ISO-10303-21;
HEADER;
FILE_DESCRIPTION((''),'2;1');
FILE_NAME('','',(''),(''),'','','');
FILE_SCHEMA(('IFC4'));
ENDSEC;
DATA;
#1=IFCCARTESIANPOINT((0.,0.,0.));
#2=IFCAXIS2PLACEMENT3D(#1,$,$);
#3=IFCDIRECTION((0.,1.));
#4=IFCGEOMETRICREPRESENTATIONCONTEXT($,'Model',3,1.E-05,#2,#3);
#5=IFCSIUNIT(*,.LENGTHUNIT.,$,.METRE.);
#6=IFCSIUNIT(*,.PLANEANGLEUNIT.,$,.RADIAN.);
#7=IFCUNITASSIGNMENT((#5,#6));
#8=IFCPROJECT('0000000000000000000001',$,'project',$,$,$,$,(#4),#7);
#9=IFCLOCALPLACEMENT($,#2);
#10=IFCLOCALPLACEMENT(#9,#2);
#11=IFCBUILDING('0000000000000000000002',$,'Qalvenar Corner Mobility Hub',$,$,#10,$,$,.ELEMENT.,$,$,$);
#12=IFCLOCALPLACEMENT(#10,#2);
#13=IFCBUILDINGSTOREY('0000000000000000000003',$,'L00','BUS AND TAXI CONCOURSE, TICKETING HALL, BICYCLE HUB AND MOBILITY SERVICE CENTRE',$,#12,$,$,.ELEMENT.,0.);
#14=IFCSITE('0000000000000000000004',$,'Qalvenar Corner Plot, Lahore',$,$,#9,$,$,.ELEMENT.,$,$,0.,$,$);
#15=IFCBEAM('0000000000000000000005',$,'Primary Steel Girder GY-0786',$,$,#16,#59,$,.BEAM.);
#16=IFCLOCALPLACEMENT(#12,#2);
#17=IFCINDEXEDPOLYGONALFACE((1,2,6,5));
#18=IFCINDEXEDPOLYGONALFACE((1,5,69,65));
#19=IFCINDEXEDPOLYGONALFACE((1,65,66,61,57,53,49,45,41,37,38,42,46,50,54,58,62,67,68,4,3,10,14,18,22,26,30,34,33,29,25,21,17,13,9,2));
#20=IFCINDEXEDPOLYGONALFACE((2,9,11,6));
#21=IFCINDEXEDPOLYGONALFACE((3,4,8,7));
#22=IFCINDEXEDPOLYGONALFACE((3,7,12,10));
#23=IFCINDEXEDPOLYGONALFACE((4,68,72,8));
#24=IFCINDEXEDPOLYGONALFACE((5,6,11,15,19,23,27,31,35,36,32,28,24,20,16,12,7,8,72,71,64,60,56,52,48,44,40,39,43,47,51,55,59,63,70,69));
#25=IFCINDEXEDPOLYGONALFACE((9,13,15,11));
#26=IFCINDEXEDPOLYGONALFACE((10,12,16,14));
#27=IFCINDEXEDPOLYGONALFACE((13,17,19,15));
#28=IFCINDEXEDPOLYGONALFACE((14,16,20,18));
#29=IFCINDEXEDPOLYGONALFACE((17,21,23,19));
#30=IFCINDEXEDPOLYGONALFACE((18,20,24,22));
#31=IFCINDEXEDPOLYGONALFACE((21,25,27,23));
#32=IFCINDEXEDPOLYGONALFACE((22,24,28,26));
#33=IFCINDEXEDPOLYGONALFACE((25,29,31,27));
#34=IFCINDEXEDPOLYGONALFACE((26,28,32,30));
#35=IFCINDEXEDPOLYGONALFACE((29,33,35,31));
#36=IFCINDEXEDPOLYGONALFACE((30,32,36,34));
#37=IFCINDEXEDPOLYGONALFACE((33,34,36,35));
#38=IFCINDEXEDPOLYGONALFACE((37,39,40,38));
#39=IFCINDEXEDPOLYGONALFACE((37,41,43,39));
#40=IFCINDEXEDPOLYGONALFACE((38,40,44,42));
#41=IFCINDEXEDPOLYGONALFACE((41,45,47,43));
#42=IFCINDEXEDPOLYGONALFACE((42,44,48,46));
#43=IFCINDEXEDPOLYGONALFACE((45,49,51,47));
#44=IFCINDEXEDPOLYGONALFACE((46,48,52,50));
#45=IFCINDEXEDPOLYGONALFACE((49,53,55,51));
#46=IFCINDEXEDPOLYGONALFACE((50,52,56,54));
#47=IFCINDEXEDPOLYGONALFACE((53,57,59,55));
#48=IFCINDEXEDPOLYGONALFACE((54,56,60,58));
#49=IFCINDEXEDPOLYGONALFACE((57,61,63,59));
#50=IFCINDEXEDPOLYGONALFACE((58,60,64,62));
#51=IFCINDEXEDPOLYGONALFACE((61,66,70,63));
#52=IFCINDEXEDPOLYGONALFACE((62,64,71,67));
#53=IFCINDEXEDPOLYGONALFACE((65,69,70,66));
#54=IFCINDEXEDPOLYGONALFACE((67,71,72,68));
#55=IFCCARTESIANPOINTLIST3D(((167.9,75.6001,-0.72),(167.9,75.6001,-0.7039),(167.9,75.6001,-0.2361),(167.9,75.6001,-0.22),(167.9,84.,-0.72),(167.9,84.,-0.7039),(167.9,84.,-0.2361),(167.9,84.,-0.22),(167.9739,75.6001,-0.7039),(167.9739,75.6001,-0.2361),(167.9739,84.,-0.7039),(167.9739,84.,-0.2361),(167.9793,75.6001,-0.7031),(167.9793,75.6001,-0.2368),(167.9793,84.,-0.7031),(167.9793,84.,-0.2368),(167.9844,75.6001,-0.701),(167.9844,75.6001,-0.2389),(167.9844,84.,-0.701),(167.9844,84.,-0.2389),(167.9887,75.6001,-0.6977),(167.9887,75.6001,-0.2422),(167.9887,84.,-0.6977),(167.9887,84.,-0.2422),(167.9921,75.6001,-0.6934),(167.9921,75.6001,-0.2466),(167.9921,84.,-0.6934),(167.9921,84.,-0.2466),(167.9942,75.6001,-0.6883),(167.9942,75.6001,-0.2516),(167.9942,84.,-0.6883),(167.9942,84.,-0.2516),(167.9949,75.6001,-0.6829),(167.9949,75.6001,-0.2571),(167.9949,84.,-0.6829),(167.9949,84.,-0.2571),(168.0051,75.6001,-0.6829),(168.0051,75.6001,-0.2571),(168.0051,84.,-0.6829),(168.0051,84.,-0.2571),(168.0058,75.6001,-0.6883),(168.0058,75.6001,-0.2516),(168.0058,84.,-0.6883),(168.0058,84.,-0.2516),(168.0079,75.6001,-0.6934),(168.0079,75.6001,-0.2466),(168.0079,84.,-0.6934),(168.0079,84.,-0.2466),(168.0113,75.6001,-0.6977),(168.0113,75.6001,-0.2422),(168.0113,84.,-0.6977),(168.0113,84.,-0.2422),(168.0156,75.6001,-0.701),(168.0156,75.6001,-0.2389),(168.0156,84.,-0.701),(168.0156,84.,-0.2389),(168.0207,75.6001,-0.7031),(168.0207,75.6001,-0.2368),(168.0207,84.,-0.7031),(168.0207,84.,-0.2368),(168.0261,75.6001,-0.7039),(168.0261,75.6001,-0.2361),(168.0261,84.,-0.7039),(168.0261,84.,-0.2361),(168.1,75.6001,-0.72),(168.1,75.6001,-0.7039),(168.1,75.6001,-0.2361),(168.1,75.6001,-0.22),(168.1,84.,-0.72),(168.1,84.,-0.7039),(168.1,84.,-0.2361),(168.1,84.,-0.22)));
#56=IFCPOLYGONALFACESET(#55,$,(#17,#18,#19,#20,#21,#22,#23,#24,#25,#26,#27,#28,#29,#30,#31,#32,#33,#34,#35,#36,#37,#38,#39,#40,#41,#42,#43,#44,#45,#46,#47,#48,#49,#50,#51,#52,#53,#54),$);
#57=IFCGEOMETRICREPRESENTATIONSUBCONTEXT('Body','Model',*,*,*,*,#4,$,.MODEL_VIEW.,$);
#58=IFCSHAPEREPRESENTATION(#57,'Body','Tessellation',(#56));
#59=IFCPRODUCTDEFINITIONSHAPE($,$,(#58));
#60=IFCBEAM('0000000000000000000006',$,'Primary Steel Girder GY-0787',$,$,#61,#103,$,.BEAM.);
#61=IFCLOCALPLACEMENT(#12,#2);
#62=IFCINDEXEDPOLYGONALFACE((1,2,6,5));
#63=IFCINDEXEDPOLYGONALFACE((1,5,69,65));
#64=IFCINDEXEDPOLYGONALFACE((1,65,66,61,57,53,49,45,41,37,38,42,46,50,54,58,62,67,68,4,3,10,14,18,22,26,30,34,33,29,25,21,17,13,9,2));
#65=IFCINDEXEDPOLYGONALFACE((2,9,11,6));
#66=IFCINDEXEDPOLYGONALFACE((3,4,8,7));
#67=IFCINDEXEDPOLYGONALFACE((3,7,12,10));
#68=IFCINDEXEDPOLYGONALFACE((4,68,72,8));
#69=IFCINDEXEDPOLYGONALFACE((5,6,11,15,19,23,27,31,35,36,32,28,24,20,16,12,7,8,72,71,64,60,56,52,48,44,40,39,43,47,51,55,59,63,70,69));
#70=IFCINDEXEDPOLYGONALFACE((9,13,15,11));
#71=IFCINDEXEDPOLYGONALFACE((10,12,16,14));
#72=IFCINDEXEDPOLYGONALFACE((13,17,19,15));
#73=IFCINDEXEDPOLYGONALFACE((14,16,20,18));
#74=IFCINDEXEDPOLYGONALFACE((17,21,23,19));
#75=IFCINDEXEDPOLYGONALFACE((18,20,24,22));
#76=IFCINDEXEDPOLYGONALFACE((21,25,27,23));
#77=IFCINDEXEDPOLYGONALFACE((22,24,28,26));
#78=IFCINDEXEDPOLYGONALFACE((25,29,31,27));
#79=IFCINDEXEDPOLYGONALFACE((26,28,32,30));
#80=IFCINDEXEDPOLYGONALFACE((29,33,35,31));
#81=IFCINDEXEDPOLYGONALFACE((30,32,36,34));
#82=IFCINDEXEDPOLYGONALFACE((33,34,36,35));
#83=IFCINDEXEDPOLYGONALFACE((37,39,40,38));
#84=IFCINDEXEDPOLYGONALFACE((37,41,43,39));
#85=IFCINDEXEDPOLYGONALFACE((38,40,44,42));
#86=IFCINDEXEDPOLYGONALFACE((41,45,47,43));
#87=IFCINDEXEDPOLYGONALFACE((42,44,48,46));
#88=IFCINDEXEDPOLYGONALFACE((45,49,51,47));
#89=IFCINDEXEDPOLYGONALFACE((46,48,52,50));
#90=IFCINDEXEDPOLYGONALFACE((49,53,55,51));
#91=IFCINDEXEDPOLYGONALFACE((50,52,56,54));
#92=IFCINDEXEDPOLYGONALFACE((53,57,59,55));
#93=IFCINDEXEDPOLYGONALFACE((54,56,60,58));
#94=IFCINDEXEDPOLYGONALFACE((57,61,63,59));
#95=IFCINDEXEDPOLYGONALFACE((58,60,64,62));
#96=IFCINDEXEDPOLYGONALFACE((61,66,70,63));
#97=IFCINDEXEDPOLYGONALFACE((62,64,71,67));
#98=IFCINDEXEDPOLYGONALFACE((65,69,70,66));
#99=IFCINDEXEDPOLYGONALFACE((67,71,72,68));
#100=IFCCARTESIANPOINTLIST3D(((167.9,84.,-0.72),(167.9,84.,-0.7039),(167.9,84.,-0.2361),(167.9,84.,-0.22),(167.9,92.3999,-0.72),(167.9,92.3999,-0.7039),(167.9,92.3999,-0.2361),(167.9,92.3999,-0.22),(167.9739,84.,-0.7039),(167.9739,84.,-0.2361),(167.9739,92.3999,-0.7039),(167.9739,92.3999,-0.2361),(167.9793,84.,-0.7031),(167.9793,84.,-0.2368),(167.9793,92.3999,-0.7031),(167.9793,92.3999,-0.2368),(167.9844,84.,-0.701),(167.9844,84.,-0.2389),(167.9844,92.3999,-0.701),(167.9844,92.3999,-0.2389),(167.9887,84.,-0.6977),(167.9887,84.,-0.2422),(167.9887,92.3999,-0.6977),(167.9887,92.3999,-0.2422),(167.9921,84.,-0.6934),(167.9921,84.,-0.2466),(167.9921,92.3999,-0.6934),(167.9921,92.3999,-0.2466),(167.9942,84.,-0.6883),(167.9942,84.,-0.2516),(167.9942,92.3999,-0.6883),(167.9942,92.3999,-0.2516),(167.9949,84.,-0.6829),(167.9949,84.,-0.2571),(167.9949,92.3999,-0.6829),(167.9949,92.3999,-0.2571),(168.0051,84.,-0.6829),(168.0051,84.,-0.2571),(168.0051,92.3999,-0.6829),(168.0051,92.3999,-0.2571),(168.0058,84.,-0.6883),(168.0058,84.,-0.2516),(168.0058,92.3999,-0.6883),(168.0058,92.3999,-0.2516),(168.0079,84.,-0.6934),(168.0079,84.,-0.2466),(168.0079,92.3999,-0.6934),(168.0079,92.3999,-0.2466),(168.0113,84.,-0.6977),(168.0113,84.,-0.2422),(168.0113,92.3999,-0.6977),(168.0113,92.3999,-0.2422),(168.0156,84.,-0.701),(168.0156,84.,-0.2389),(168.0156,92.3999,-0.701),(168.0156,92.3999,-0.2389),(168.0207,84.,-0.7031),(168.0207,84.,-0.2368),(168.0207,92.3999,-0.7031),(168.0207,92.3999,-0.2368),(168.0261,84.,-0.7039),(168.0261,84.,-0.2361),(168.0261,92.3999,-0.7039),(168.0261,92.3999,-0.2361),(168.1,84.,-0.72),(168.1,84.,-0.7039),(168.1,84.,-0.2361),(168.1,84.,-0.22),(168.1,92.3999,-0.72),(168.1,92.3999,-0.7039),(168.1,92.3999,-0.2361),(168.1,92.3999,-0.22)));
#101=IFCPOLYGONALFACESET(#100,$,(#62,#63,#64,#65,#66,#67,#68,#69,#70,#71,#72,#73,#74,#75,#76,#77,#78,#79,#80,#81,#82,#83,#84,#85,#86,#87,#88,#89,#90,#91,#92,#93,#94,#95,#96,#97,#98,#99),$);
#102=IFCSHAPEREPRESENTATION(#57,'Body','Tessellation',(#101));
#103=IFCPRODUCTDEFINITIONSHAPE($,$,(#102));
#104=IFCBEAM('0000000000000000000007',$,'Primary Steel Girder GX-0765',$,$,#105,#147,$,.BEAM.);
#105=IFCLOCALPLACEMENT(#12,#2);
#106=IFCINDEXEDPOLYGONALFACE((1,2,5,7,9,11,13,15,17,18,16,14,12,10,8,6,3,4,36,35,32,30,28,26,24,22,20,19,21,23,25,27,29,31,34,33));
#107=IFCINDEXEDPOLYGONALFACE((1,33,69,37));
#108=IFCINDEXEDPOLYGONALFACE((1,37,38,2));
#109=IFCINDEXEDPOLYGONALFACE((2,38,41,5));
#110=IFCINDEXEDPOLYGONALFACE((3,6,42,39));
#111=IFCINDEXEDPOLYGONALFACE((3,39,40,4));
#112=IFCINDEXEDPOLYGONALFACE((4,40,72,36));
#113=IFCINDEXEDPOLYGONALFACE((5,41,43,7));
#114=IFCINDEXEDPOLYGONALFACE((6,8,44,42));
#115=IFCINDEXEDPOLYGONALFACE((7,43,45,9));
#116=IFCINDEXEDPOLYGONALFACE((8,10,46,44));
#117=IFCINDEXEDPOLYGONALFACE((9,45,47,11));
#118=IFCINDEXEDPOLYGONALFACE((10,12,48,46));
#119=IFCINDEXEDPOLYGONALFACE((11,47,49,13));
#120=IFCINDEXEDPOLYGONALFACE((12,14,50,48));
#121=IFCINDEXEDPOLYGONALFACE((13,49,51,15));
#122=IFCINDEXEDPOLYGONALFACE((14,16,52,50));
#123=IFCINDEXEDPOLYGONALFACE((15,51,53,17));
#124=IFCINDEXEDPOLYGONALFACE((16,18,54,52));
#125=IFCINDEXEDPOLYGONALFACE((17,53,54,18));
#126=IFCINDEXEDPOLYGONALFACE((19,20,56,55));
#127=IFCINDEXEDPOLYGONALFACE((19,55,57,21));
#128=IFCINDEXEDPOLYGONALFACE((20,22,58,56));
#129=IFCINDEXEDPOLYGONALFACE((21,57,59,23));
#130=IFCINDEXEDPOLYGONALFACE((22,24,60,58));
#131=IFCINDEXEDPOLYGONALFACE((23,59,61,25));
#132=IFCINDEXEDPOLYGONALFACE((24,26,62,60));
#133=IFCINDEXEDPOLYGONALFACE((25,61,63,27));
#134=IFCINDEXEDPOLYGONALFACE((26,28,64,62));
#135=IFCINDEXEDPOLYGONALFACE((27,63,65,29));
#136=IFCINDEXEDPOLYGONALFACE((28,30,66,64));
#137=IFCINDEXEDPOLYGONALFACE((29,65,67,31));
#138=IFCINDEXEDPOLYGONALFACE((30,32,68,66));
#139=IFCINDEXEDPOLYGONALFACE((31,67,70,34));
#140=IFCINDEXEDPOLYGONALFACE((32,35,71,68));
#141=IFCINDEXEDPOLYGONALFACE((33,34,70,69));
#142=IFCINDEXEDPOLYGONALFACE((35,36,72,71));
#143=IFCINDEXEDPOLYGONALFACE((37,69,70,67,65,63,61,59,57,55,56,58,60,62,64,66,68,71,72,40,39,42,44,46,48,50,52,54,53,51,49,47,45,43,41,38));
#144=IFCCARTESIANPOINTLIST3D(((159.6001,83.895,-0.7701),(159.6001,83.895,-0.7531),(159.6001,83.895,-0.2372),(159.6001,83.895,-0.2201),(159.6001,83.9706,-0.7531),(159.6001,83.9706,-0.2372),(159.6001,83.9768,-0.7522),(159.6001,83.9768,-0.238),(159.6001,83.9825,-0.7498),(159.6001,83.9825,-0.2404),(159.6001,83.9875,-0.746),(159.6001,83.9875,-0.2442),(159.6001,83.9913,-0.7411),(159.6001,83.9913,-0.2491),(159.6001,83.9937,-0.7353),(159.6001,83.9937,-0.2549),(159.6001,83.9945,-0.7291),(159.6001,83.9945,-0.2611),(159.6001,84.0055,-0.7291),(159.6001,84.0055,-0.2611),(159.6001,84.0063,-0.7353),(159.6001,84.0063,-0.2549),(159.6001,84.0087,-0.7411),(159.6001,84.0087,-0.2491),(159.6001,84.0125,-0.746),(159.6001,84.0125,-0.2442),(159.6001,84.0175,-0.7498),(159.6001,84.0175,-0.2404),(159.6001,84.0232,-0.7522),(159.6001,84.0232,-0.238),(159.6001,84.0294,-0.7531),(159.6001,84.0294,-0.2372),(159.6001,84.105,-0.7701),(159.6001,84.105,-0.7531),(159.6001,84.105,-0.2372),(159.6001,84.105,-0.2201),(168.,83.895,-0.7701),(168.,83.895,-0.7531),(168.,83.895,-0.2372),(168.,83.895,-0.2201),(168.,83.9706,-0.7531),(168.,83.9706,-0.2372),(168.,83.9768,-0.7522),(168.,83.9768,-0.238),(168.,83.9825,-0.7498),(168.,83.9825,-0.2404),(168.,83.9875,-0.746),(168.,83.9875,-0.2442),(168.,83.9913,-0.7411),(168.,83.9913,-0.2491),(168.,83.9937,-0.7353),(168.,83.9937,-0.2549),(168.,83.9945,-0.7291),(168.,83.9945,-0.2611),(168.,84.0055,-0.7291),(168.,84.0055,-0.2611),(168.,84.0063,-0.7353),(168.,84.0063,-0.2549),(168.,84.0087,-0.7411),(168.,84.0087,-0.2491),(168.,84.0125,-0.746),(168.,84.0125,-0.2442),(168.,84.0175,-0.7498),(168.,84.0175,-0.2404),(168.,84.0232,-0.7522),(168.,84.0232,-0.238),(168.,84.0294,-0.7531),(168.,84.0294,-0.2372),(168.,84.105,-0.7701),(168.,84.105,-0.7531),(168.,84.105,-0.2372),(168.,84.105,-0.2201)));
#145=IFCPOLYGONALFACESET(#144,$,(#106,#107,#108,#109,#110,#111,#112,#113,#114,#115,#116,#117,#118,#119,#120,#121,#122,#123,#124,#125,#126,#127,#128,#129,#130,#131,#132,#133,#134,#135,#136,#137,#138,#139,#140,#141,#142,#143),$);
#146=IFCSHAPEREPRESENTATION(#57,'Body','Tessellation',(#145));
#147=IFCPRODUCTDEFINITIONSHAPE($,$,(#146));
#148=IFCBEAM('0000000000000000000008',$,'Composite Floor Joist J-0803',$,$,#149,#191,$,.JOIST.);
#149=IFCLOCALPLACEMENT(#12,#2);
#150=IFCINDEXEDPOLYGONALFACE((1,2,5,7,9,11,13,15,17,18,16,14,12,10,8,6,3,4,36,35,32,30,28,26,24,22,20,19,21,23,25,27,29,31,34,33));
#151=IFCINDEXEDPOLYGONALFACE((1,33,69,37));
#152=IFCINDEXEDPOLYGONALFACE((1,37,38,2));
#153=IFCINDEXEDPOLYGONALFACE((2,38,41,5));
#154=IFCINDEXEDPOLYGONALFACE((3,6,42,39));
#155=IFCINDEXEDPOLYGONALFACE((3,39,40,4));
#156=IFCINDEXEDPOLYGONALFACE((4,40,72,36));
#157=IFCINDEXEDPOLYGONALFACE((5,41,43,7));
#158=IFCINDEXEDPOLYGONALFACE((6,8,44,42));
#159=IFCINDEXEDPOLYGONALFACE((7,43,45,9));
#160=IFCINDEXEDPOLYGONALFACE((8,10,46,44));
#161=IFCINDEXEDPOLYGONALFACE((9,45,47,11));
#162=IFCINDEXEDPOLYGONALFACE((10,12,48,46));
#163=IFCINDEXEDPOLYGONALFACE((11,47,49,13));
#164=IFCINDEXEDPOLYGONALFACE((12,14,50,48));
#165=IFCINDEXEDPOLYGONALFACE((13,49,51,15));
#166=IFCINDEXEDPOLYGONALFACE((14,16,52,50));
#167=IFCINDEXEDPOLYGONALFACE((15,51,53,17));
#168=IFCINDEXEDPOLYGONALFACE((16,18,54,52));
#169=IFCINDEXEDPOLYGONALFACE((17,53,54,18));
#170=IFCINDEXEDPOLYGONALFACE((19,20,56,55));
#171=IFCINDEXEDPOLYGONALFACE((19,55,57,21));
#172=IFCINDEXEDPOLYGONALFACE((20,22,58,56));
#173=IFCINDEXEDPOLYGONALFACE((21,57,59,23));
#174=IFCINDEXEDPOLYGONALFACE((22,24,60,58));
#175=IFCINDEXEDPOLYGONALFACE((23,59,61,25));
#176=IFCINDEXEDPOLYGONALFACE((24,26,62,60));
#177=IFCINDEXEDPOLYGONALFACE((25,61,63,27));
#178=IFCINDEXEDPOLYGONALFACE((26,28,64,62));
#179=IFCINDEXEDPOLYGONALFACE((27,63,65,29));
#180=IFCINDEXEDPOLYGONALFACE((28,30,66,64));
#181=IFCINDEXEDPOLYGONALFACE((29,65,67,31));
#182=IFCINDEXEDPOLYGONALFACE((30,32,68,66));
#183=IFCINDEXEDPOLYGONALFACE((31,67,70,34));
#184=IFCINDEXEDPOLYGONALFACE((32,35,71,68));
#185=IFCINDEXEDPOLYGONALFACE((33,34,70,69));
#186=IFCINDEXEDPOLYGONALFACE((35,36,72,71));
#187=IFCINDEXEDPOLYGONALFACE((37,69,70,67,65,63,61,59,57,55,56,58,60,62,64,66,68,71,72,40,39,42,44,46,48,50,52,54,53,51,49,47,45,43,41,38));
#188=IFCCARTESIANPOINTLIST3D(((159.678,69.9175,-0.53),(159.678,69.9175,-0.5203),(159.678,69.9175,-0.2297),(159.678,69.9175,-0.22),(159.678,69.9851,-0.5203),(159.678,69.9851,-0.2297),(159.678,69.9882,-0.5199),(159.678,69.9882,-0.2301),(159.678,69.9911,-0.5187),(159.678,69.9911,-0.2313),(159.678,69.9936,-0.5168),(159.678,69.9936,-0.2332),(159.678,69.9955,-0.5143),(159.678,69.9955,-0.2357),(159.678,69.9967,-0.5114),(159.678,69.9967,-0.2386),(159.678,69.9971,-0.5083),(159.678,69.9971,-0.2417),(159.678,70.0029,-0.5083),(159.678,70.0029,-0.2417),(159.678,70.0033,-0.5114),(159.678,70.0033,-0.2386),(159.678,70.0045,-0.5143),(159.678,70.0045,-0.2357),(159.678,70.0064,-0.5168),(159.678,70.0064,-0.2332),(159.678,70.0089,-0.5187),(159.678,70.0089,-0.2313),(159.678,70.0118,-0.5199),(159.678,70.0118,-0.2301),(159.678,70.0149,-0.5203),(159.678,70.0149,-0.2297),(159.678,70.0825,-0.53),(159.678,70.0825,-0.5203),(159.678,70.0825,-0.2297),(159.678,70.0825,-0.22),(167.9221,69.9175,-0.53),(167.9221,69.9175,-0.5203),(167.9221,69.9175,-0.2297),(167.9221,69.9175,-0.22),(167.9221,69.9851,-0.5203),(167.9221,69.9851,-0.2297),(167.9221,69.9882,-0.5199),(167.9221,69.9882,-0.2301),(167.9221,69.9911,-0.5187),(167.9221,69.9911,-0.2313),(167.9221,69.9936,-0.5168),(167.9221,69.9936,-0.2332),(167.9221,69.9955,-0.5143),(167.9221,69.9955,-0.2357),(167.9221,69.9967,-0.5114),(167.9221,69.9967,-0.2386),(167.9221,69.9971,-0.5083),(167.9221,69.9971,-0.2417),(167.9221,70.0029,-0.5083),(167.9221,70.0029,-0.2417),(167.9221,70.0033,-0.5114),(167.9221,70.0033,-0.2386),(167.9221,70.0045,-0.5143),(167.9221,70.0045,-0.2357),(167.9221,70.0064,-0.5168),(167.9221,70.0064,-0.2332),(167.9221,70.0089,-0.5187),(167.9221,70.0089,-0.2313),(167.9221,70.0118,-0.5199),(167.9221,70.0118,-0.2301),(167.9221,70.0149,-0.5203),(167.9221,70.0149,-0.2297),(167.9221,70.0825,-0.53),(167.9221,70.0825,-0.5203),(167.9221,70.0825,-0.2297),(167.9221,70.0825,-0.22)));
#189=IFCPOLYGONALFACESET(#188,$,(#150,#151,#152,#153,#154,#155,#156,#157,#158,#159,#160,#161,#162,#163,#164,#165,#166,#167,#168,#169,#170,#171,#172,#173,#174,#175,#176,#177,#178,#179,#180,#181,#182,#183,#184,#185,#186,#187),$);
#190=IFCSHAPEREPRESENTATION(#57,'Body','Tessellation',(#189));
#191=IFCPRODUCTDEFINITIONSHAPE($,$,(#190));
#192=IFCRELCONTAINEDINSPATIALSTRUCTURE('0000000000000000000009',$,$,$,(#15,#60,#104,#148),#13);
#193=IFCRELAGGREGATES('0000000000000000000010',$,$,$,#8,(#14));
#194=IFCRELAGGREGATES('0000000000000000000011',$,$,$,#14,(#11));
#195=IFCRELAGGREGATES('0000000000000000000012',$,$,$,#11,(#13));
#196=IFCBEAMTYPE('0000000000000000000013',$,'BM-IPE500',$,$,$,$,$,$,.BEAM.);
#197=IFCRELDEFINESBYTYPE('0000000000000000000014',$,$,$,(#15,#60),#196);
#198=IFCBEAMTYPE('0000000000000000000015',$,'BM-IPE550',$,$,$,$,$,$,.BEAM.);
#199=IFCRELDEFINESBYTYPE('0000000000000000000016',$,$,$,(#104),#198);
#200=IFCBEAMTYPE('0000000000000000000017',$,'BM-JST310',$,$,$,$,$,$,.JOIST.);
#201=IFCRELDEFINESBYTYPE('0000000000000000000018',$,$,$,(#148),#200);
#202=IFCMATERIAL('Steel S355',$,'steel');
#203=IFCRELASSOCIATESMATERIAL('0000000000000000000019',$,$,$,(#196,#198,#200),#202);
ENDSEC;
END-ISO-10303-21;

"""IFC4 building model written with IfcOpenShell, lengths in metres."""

from ifc_helpers import new_model, si_unit, direction, frame, origin, origin_2d, place, context, subcontext, project, spatial, i_section, extrude, material, material_profile, profile_set, type_object, element, save


model = new_model("IFC4")

# Units and contexts
model_context = context("Model", 3, precision=1e-05, world=origin(), true_north=direction((0.0, 1.0)))
body_context = subcontext(model_context, "Body", "Model", "MODEL_VIEW")
ifc_project = project(units=[si_unit("LENGTHUNIT", "METRE"), si_unit("PLANEANGLEUNIT", "RADIAN")], contexts=[model_context])

# Site, building, storey
site_placement = place(None, origin())
site = spatial("IfcSite", under=ifc_project, at=site_placement, Name="Qalvenar Corner Plot, Lahore", CompositionType="ELEMENT", RefElevation=0.0)
building_placement = place(site_placement, origin())
building = spatial("IfcBuilding", under=site, at=building_placement, Name="Qalvenar Corner Mobility Hub", CompositionType="ELEMENT")
storey_placement = place(building_placement, origin())
storey = spatial("IfcBuildingStorey", under=building, at=storey_placement, Name="L00", Description="BUS AND TAXI CONCOURSE, TICKETING HALL, BICYCLE HUB AND MOBILITY SERVICE CENTRE", CompositionType="ELEMENT", Elevation=0.0)

# Shared definitions
ifc_material_1 = material(Name="Steel S355", Category="steel")

# Beams
ifc_material_profile_1 = material_profile(ifc_material_1, i_section(OverallWidth=0.2, OverallDepth=0.5, WebThickness=0.0103, FlangeThickness=0.0161, FilletRadius=0.021, at=origin_2d()), Name="IPE500")
ifc_profile_set_1 = profile_set([ifc_material_profile_1], Name="Steel S355")
beam_type_1 = type_object("IfcBeamType", Name="BM-IPE500", PredefinedType="BEAM", material=ifc_profile_set_1)
for number, where, z_axis, x_axis, name in (
    (1, (168.0, 75.6001, -0.47), (0.0, 1.0, 0.0), (-1.0, 0.0, 0.0), "Primary Steel Girder GY-0786"),
    (2, (168.0, 84.0, -0.47), (0.0, 1.0, 0.0), (-1.0, 0.0, 0.0), "Primary Steel Girder GY-0787"),
):
    element("IfcBeam", number, at=place(storey_placement, frame(where, z_axis=z_axis, x_axis=x_axis)), inside=storey, type_object=beam_type_1, Name=name, PredefinedType="BEAM", context=body_context, shape_type="SweptSolid", body=[
        extrude(i_section(OverallWidth=0.2, OverallDepth=0.5, WebThickness=0.0103, FlangeThickness=0.0161, FilletRadius=0.021, at=origin_2d()), origin(), (0.0, 0.0, 1.0), 8.3999),
    ])
ifc_material_profile_2 = material_profile(ifc_material_1, i_section(OverallWidth=0.21, OverallDepth=0.55, WebThickness=0.011, FlangeThickness=0.0171, FilletRadius=0.0239, at=origin_2d()), Name="IPE550")
ifc_profile_set_2 = profile_set([ifc_material_profile_2], Name="Steel S355")
beam_type_2 = type_object("IfcBeamType", Name="BM-IPE550", PredefinedType="BEAM", material=ifc_profile_set_2)
beam_1_placement = place(storey_placement, frame((159.6001, 84.0, -0.4951), z_axis=(1.0, 0.0, 0.0), x_axis=(0.0, 1.0, 0.0)))
element("IfcBeam", 3, at=beam_1_placement, inside=storey, type_object=beam_type_2, Name="Primary Steel Girder GX-0765", PredefinedType="BEAM", context=body_context, shape_type="SweptSolid", body=[
    extrude(i_section(OverallWidth=0.21, OverallDepth=0.55, WebThickness=0.011, FlangeThickness=0.0171, FilletRadius=0.0239, at=origin_2d()), origin(), (0.0, 0.0, 1.0), 8.3999),
])
ifc_material_profile_3 = material_profile(ifc_material_1, i_section(OverallWidth=0.165, OverallDepth=0.3101, WebThickness=0.0059, FlangeThickness=0.0098, FilletRadius=0.012, at=origin_2d()), Name="W310x38.7")
ifc_profile_set_3 = profile_set([ifc_material_profile_3], Name="Steel S355")
beam_type_3 = type_object("IfcBeamType", Name="BM-JST310", PredefinedType="JOIST", material=ifc_profile_set_3)
for number, where, z_axis, x_axis, name in (
    (4, (159.678, 70.0, -0.375), (1.0, 0.0, 0.0), (0.0, 1.0, 0.0), "Composite Floor Joist J-0803"),
):
    element("IfcBeam", number, at=place(storey_placement, frame(where, z_axis=z_axis, x_axis=x_axis)), inside=storey, type_object=beam_type_3, Name=name, PredefinedType="JOIST", context=body_context, shape_type="SweptSolid", body=[
        extrude(i_section(OverallWidth=0.165, OverallDepth=0.3101, WebThickness=0.0059, FlangeThickness=0.0098, FilletRadius=0.012, at=origin_2d()), origin(), (0.0, 0.0, 1.0), 8.2441),
    ])

save(model, "model.ifc")
